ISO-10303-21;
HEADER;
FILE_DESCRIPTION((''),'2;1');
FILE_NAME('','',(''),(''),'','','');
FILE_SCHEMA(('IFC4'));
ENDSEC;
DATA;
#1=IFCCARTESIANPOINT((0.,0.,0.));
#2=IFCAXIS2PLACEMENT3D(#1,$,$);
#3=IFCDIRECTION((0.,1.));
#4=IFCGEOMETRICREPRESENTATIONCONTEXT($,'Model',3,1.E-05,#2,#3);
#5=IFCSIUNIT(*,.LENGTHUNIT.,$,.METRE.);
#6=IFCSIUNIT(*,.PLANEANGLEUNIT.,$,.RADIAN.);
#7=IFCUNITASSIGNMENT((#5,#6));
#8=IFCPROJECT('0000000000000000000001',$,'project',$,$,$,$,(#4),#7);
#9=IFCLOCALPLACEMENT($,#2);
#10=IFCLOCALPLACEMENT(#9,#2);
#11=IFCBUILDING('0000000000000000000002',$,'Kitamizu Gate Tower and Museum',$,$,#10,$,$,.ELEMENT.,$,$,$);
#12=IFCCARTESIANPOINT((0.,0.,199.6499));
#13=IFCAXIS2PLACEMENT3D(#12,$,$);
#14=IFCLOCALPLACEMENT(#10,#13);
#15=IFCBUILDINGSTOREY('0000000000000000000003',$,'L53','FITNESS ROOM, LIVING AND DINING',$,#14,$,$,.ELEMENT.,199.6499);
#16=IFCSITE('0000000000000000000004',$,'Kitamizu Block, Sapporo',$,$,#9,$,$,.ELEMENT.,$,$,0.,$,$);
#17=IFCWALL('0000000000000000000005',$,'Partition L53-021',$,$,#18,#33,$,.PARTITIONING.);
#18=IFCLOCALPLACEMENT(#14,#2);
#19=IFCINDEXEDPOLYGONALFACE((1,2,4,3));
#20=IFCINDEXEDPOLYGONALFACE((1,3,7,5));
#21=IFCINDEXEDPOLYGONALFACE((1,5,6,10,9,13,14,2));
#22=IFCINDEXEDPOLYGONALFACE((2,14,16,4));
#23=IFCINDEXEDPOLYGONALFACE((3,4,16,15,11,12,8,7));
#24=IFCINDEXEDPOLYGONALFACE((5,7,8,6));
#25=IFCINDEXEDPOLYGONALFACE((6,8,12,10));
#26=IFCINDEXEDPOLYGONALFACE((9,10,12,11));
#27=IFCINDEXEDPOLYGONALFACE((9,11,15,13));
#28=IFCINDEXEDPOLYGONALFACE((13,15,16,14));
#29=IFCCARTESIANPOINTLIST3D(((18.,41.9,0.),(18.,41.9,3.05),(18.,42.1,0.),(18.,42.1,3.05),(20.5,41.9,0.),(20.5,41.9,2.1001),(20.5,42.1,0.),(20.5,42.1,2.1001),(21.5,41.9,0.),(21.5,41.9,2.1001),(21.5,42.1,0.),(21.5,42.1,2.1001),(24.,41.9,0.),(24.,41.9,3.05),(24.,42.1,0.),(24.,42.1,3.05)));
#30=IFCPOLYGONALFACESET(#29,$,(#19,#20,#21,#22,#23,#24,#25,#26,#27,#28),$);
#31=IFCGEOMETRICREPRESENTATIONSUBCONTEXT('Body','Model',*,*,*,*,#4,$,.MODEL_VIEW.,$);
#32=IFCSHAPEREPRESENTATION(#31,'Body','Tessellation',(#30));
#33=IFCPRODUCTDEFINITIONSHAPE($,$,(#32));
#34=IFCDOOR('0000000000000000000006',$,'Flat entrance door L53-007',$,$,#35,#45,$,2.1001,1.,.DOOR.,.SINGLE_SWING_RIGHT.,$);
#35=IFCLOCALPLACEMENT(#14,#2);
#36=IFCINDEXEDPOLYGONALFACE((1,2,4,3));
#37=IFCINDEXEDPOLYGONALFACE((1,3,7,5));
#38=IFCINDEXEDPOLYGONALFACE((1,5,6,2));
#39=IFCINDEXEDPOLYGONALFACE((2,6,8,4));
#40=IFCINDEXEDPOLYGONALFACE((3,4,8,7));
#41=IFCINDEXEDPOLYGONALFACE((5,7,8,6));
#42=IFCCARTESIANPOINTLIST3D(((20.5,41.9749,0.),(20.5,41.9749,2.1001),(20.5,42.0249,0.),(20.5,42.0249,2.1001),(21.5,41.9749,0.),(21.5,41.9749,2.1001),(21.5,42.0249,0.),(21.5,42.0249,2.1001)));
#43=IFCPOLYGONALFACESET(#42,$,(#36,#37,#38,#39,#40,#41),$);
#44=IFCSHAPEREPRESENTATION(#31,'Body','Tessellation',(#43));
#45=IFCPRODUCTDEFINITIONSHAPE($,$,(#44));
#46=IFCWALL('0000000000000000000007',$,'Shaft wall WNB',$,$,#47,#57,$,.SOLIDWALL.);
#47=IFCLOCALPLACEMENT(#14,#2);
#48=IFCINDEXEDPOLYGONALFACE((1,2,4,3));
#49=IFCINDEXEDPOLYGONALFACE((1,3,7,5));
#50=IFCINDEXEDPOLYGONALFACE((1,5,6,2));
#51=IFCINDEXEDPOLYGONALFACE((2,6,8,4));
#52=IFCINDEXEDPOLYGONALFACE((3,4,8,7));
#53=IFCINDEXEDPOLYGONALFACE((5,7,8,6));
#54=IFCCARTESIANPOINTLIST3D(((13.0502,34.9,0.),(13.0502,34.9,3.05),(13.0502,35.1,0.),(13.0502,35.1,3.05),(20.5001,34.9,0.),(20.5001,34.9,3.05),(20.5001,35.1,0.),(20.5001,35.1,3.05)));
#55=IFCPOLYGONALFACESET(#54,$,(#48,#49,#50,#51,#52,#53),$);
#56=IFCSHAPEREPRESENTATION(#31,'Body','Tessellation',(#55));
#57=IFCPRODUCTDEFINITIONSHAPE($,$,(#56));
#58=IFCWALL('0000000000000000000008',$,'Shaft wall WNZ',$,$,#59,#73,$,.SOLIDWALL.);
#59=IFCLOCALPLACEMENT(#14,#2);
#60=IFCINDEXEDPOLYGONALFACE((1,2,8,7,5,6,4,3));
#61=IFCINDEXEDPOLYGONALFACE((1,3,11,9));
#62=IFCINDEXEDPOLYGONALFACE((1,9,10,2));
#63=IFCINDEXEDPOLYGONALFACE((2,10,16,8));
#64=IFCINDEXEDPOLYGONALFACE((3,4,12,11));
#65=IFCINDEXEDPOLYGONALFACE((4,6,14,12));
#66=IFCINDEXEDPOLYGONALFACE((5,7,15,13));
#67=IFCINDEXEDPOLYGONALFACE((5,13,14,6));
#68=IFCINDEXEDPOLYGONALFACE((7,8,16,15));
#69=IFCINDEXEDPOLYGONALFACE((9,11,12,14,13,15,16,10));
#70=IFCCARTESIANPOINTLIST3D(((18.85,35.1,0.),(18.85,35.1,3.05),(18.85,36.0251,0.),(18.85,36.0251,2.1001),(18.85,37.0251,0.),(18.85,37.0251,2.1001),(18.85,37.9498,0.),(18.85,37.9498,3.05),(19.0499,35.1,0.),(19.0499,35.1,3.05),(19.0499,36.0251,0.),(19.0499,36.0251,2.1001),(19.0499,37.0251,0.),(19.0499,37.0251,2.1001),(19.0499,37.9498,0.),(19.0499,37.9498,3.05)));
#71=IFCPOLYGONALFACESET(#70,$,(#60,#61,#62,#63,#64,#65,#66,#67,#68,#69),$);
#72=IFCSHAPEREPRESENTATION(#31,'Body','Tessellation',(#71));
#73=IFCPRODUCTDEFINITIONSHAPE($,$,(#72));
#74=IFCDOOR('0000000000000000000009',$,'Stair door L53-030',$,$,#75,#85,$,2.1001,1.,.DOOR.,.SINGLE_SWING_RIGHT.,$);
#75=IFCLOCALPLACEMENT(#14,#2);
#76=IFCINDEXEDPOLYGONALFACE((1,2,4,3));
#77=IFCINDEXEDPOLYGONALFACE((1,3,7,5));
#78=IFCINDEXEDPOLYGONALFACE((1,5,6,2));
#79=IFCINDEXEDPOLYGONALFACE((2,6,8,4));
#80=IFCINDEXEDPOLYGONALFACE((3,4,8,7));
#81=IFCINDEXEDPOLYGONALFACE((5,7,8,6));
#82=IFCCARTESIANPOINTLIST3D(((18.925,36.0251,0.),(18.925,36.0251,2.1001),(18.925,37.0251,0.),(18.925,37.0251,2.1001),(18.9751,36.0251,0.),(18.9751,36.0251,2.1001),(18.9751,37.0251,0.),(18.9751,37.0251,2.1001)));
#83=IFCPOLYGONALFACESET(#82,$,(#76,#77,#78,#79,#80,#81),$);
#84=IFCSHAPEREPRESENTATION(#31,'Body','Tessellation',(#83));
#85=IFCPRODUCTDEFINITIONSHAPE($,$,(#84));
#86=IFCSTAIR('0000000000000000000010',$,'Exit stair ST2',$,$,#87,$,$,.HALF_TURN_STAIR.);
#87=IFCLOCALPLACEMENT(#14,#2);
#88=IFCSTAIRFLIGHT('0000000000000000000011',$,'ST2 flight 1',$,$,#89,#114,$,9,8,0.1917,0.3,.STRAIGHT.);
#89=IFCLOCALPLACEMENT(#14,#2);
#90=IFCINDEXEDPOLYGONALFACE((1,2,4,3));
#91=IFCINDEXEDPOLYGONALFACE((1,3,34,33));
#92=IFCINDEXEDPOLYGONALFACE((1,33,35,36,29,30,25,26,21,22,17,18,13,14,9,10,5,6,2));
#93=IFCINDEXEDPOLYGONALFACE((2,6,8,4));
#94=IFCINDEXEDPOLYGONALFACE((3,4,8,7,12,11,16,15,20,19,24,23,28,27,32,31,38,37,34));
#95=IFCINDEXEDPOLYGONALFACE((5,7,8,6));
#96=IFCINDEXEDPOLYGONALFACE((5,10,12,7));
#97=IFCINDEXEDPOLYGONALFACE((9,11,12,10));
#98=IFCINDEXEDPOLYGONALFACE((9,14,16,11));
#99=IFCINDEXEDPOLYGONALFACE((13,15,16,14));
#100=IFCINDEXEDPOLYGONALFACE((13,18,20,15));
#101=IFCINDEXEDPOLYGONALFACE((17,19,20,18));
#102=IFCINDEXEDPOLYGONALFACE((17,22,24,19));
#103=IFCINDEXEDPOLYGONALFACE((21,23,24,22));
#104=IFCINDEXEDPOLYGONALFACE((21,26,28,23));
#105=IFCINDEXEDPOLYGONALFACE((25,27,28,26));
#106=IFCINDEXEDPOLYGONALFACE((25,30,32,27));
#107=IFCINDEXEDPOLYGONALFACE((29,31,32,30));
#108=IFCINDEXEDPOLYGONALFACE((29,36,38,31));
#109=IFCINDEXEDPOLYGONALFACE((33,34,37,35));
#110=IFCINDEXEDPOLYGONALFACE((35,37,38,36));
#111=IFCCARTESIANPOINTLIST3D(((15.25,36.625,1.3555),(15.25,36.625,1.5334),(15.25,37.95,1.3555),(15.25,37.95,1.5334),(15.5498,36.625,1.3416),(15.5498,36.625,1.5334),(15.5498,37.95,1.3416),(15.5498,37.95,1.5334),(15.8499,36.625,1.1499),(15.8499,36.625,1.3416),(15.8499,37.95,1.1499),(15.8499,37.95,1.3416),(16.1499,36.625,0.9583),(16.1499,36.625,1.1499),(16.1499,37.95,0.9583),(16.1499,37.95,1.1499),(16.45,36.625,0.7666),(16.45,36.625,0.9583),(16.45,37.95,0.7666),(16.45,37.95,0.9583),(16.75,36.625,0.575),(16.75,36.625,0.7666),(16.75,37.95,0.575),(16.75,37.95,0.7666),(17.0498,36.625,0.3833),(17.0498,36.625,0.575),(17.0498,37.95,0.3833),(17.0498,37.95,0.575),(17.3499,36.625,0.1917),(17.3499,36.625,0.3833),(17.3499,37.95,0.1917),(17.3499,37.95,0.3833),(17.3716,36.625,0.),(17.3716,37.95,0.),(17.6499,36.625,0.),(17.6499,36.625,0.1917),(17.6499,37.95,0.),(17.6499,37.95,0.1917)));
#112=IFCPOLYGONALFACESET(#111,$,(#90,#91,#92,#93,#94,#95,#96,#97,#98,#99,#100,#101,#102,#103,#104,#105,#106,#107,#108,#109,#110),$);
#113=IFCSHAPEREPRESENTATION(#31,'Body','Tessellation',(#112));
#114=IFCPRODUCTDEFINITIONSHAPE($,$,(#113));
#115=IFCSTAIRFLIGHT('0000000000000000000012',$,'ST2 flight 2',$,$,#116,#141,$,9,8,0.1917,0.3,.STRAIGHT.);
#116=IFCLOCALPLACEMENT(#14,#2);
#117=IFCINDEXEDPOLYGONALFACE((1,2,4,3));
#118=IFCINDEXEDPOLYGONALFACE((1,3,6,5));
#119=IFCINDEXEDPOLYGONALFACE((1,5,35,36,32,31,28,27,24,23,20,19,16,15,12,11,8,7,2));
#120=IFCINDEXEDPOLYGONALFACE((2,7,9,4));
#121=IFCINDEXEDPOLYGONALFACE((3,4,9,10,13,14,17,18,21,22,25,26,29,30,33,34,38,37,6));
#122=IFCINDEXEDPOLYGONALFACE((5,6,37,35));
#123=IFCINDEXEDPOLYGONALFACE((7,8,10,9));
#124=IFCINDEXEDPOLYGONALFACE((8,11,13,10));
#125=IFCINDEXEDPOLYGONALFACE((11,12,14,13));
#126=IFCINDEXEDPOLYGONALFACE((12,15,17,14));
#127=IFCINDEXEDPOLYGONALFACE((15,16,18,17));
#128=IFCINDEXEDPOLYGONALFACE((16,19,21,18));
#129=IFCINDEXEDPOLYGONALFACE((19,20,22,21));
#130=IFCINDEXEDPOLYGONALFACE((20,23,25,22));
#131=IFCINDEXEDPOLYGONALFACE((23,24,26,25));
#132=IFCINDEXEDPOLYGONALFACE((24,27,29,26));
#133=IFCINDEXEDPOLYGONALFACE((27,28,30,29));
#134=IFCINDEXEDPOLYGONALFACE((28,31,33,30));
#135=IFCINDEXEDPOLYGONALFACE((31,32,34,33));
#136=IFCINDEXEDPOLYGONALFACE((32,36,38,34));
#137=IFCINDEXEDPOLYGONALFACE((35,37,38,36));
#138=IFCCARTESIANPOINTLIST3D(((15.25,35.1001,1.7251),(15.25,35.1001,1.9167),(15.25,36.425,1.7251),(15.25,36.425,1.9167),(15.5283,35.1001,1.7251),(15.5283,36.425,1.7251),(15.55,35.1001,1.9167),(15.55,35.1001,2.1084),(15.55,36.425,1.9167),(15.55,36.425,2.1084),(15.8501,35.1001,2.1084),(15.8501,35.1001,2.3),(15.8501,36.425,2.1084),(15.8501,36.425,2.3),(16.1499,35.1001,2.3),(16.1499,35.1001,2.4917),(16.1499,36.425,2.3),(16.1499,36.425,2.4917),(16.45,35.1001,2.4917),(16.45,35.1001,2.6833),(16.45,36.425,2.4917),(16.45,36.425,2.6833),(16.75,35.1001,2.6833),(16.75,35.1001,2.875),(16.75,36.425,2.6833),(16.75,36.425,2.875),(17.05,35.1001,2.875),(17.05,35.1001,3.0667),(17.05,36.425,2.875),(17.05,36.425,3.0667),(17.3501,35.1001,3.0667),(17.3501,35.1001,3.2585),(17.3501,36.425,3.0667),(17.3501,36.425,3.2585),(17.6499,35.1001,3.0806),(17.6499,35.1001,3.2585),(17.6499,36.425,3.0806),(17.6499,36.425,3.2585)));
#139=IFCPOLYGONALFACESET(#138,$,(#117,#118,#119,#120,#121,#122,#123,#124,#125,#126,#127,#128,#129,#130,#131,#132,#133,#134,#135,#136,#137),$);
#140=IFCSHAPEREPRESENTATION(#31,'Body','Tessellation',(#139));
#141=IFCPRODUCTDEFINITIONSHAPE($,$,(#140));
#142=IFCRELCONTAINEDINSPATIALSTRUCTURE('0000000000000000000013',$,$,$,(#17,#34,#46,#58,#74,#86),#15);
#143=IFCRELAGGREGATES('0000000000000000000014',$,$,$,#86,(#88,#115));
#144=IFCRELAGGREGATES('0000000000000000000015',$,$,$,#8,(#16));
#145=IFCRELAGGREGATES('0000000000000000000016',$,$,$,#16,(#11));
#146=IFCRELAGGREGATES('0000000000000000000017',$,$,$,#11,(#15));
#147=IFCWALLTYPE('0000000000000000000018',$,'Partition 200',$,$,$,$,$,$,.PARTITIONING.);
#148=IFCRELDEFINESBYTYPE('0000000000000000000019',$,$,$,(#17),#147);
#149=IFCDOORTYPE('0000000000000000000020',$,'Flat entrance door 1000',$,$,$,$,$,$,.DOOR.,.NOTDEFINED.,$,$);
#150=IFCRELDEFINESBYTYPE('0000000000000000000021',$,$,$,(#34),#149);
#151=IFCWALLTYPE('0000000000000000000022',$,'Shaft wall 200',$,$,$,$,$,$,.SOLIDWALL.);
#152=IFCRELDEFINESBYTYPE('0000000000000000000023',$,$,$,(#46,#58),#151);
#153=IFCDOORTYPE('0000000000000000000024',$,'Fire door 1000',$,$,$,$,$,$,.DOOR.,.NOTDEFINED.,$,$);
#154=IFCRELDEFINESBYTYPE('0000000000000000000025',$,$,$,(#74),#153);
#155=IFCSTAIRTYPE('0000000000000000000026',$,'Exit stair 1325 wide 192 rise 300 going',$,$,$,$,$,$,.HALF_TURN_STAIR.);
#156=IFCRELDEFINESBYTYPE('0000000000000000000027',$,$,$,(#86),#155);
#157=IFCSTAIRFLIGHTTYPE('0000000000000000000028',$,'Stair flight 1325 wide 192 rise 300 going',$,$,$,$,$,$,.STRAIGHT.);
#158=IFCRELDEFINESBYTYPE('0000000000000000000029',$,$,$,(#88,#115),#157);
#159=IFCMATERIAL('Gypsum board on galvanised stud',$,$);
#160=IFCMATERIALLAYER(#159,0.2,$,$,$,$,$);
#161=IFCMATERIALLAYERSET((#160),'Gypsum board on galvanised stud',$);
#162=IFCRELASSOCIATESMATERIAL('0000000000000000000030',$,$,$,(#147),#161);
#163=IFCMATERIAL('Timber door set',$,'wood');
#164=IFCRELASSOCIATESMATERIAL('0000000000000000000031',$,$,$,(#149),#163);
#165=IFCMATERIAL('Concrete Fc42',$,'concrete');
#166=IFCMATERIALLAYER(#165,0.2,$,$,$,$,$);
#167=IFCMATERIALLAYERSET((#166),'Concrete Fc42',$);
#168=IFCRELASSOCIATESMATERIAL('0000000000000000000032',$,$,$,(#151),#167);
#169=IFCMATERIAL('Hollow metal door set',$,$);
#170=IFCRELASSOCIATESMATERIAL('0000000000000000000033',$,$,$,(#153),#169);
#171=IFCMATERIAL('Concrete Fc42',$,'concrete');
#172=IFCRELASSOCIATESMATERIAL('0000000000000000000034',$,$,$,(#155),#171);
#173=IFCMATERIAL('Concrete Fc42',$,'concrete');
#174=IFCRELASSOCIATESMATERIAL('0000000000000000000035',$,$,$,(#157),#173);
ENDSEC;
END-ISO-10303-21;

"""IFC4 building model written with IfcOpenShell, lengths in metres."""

from ifc_helpers import new_model, si_unit, direction, frame, frame_2d, origin, place, context, subcontext, project, spatial, polyline, rectangle, outline, extrude, material, layer, layer_set, type_object, element, fill, aggregate, save


model = new_model("IFC4")

# Units and contexts
model_context = context("Model", 3, precision=1e-05, world=origin(), true_north=direction((0.0, 1.0)))
body_context = subcontext(model_context, "Body", "Model", "MODEL_VIEW")
ifc_project = project(units=[si_unit("LENGTHUNIT", "METRE"), si_unit("PLANEANGLEUNIT", "RADIAN")], contexts=[model_context])

# Site, building, storey
site_placement = place(None, origin())
site = spatial("IfcSite", under=ifc_project, at=site_placement, Name="Kitamizu Block, Sapporo", CompositionType="ELEMENT", RefElevation=0.0)
building_placement = place(site_placement, origin())
building = spatial("IfcBuilding", under=site, at=building_placement, Name="Kitamizu Gate Tower and Museum", CompositionType="ELEMENT")
storey_placement = place(building_placement, frame((0.0, 0.0, 199.6499)))
storey = spatial("IfcBuildingStorey", under=building, at=storey_placement, Name="L53", Description="FITNESS ROOM, LIVING AND DINING", CompositionType="ELEMENT", Elevation=199.6499)

# Wall, opening, door
ifc_material_1 = material(Name="Gypsum board on galvanised stud")
ifc_layer_1 = layer(ifc_material_1, 0.2)
ifc_layer_set_1 = layer_set([ifc_layer_1], Name="Gypsum board on galvanised stud")
wall_type_1 = type_object("IfcWallType", Name="Partition 200", PredefinedType="PARTITIONING", material=ifc_layer_set_1)
wall_1_placement = place(storey_placement, frame((18.0, 42.0, 0.0), z_axis=(0.0, 0.0, 1.0), x_axis=(1.0, 0.0, 0.0)))
wall_1 = element("IfcWall", 1, at=wall_1_placement, inside=storey, type_object=wall_type_1, Name="Partition L53-021", PredefinedType="PARTITIONING", context=body_context, shape_type="SweptSolid", body=[
    extrude(rectangle(XDim=6.0, YDim=0.2, at=frame_2d((3.0, 0.0))), origin(), (0.0, 0.0, 1.0), 3.05),
])
opening_1_placement = place(wall_1_placement, frame((2.5, 0.0, 0.0)))
opening_1 = element("IfcOpeningElement", 2, at=opening_1_placement, cuts=wall_1, PredefinedType="OPENING", context=body_context, shape_type="SweptSolid", body=[
    extrude(rectangle(XDim=1.0, YDim=2.1001, at=frame_2d((0.5, 1.05))), frame((0.0, 0.1099, 0.0), z_axis=(0.0, -1.0, 0.0), x_axis=(1.0, 0.0, 0.0)), (0.0, 0.0, 1.0), 0.22),
])
ifc_material_2 = material(Name="Timber door set", Category="wood")
door_type_1 = type_object("IfcDoorType", Name="Flat entrance door 1000", OperationType="NOTDEFINED", PredefinedType="DOOR", material=ifc_material_2)
door_1_placement = place(opening_1_placement, origin())
door_1 = element("IfcDoor", 3, at=door_1_placement, inside=storey, type_object=door_type_1, Name="Flat entrance door L53-007", OperationType="SINGLE_SWING_RIGHT", OverallHeight=2.1001, OverallWidth=1.0, PredefinedType="DOOR", context=body_context, shape_type="SweptSolid", body=[
    extrude(rectangle(XDim=1.0, YDim=2.1001, at=frame_2d((0.5, 1.05))), frame((0.0, 0.0249, 0.0), z_axis=(0.0, -1.0, 0.0), x_axis=(1.0, 0.0, 0.0)), (0.0, 0.0, 1.0), 0.05),
])
fill(opening_1, door_1)

# Wall
ifc_material_3 = material(Name="Concrete Fc42", Category="concrete")
ifc_layer_2 = layer(ifc_material_3, 0.2)
ifc_layer_set_2 = layer_set([ifc_layer_2], Name="Concrete Fc42")
wall_type_2 = type_object("IfcWallType", Name="Shaft wall 200", PredefinedType="SOLIDWALL", material=ifc_layer_set_2)
wall_2_placement = place(storey_placement, frame((13.05, 35.0, 0.0), z_axis=(0.0, 0.0, 1.0), x_axis=(1.0, 0.0, 0.0)))
element("IfcWall", 4, at=wall_2_placement, inside=storey, type_object=wall_type_2, Name="Shaft wall WNB", PredefinedType="SOLIDWALL", context=body_context, shape_type="SweptSolid", body=[
    extrude(rectangle(XDim=7.45, YDim=0.2, at=frame_2d((3.7251, 0.0))), origin(), (0.0, 0.0, 1.0), 3.05),
])

# Wall, opening, door
wall_3_placement = place(storey_placement, frame((18.95, 35.1001, 0.0), z_axis=(0.0, 0.0, 1.0), x_axis=(0.0, 1.0, 0.0)))
wall_3 = element("IfcWall", 5, at=wall_3_placement, inside=storey, type_object=wall_type_2, Name="Shaft wall WNZ", PredefinedType="SOLIDWALL", context=body_context, shape_type="SweptSolid", body=[
    extrude(rectangle(XDim=2.8499, YDim=0.2, at=frame_2d((1.4248, 0.0))), origin(), (0.0, 0.0, 1.0), 3.05),
])
opening_2_placement = place(wall_3_placement, frame((0.925, 0.0, 0.0)))
opening_2 = element("IfcOpeningElement", 6, at=opening_2_placement, cuts=wall_3, PredefinedType="OPENING", context=body_context, shape_type="SweptSolid", body=[
    extrude(rectangle(XDim=1.0, YDim=2.1001, at=frame_2d((0.5, 1.05))), frame((0.0, 0.1099, 0.0), z_axis=(0.0, -1.0, 0.0), x_axis=(1.0, 0.0, 0.0)), (0.0, 0.0, 1.0), 0.22),
])
ifc_material_4 = material(Name="Hollow metal door set")
door_type_2 = type_object("IfcDoorType", Name="Fire door 1000", OperationType="NOTDEFINED", PredefinedType="DOOR", material=ifc_material_4)
door_2_placement = place(opening_2_placement, origin())
door_2 = element("IfcDoor", 7, at=door_2_placement, inside=storey, type_object=door_type_2, Name="Stair door L53-030", OperationType="SINGLE_SWING_RIGHT", OverallHeight=2.1001, OverallWidth=1.0, PredefinedType="DOOR", context=body_context, shape_type="SweptSolid", body=[
    extrude(rectangle(XDim=1.0, YDim=2.1001, at=frame_2d((0.5, 1.05))), frame((0.0, 0.0249, 0.0), z_axis=(0.0, -1.0, 0.0), x_axis=(1.0, 0.0, 0.0)), (0.0, 0.0, 1.0), 0.05),
])
fill(opening_2, door_2)

# Stair, stair flights
ifc_material_5 = material(Name="Concrete Fc42", Category="concrete")
stair_type = type_object("IfcStairType", Name="Exit stair 1325 wide 192 rise 300 going", PredefinedType="HALF_TURN_STAIR", material=ifc_material_5)
stair_placement = place(storey_placement, origin())
stair = element("IfcStair", 8, at=stair_placement, inside=storey, type_object=stair_type, Name="Exit stair ST2", PredefinedType="HALF_TURN_STAIR")
ifc_material_6 = material(Name="Concrete Fc42", Category="concrete")
stair_flight_type = type_object("IfcStairFlightType", Name="Stair flight 1325 wide 192 rise 300 going", PredefinedType="STRAIGHT", material=ifc_material_6)
stair_flight_1_placement = place(storey_placement, frame((17.6499, 37.2876, 0.0), z_axis=(0.0, 0.0, 1.0), x_axis=(-1.0, 0.0, 0.0)))
stair_flight_1 = element("IfcStairFlight", 9, at=stair_flight_1_placement, type_object=stair_flight_type, Name="ST2 flight 1", NumberOfRisers=9, NumberOfTreads=8, PredefinedType="STRAIGHT", RiserHeight=0.1917, TreadLength=0.3, context=body_context, shape_type="SweptSolid", body=[
    extrude(outline(polyline([(0.0, 0.0), (0.0, 0.1917), (0.3, 0.1917), (0.3, 0.3833), (0.6001, 0.3833), (0.6001, 0.575), (0.8999, 0.575), (0.8999, 0.7666), (1.2, 0.7666), (1.2, 0.9583), (1.5, 0.9583), (1.5, 1.1499), (1.8, 1.1499), (1.8, 1.3416), (2.1001, 1.3416), (2.1001, 1.5334), (2.3999, 1.5334), (2.3999, 1.7251), (2.3999, 1.3555), (0.2783, 0.0), (0.0, 0.0)])), frame((0.0, 0.6626, 0.0), z_axis=(0.0, -1.0, 0.0), x_axis=(1.0, 0.0, 0.0)), (0.0, 0.0, 1.0), 1.325),
])
stair_flight_2_placement = place(storey_placement, frame((15.25, 35.7625, 1.7251), z_axis=(0.0, 0.0, 1.0), x_axis=(1.0, 0.0, 0.0)))
stair_flight_2 = element("IfcStairFlight", 10, at=stair_flight_2_placement, type_object=stair_flight_type, Name="ST2 flight 2", NumberOfRisers=9, NumberOfTreads=8, PredefinedType="STRAIGHT", RiserHeight=0.1917, TreadLength=0.3, context=body_context, shape_type="SweptSolid", body=[
    extrude(outline(polyline([(0.0, 0.0), (0.0, 0.1917), (0.3, 0.1917), (0.3, 0.3833), (0.6001, 0.3833), (0.6001, 0.575), (0.8999, 0.575), (0.8999, 0.7666), (1.2, 0.7666), (1.2, 0.9583), (1.5, 0.9583), (1.5, 1.1499), (1.8, 1.1499), (1.8, 1.3416), (2.1001, 1.3416), (2.1001, 1.5334), (2.3999, 1.5334), (2.3999, 1.7251), (2.3999, 1.3555), (0.2783, 0.0), (0.0, 0.0)])), frame((0.0, 0.6626, 0.0), z_axis=(0.0, -1.0, 0.0), x_axis=(1.0, 0.0, 0.0)), (0.0, 0.0, 1.0), 1.325),
])
aggregate(stair, [stair_flight_1, stair_flight_2])

save(model, "model.ifc")
